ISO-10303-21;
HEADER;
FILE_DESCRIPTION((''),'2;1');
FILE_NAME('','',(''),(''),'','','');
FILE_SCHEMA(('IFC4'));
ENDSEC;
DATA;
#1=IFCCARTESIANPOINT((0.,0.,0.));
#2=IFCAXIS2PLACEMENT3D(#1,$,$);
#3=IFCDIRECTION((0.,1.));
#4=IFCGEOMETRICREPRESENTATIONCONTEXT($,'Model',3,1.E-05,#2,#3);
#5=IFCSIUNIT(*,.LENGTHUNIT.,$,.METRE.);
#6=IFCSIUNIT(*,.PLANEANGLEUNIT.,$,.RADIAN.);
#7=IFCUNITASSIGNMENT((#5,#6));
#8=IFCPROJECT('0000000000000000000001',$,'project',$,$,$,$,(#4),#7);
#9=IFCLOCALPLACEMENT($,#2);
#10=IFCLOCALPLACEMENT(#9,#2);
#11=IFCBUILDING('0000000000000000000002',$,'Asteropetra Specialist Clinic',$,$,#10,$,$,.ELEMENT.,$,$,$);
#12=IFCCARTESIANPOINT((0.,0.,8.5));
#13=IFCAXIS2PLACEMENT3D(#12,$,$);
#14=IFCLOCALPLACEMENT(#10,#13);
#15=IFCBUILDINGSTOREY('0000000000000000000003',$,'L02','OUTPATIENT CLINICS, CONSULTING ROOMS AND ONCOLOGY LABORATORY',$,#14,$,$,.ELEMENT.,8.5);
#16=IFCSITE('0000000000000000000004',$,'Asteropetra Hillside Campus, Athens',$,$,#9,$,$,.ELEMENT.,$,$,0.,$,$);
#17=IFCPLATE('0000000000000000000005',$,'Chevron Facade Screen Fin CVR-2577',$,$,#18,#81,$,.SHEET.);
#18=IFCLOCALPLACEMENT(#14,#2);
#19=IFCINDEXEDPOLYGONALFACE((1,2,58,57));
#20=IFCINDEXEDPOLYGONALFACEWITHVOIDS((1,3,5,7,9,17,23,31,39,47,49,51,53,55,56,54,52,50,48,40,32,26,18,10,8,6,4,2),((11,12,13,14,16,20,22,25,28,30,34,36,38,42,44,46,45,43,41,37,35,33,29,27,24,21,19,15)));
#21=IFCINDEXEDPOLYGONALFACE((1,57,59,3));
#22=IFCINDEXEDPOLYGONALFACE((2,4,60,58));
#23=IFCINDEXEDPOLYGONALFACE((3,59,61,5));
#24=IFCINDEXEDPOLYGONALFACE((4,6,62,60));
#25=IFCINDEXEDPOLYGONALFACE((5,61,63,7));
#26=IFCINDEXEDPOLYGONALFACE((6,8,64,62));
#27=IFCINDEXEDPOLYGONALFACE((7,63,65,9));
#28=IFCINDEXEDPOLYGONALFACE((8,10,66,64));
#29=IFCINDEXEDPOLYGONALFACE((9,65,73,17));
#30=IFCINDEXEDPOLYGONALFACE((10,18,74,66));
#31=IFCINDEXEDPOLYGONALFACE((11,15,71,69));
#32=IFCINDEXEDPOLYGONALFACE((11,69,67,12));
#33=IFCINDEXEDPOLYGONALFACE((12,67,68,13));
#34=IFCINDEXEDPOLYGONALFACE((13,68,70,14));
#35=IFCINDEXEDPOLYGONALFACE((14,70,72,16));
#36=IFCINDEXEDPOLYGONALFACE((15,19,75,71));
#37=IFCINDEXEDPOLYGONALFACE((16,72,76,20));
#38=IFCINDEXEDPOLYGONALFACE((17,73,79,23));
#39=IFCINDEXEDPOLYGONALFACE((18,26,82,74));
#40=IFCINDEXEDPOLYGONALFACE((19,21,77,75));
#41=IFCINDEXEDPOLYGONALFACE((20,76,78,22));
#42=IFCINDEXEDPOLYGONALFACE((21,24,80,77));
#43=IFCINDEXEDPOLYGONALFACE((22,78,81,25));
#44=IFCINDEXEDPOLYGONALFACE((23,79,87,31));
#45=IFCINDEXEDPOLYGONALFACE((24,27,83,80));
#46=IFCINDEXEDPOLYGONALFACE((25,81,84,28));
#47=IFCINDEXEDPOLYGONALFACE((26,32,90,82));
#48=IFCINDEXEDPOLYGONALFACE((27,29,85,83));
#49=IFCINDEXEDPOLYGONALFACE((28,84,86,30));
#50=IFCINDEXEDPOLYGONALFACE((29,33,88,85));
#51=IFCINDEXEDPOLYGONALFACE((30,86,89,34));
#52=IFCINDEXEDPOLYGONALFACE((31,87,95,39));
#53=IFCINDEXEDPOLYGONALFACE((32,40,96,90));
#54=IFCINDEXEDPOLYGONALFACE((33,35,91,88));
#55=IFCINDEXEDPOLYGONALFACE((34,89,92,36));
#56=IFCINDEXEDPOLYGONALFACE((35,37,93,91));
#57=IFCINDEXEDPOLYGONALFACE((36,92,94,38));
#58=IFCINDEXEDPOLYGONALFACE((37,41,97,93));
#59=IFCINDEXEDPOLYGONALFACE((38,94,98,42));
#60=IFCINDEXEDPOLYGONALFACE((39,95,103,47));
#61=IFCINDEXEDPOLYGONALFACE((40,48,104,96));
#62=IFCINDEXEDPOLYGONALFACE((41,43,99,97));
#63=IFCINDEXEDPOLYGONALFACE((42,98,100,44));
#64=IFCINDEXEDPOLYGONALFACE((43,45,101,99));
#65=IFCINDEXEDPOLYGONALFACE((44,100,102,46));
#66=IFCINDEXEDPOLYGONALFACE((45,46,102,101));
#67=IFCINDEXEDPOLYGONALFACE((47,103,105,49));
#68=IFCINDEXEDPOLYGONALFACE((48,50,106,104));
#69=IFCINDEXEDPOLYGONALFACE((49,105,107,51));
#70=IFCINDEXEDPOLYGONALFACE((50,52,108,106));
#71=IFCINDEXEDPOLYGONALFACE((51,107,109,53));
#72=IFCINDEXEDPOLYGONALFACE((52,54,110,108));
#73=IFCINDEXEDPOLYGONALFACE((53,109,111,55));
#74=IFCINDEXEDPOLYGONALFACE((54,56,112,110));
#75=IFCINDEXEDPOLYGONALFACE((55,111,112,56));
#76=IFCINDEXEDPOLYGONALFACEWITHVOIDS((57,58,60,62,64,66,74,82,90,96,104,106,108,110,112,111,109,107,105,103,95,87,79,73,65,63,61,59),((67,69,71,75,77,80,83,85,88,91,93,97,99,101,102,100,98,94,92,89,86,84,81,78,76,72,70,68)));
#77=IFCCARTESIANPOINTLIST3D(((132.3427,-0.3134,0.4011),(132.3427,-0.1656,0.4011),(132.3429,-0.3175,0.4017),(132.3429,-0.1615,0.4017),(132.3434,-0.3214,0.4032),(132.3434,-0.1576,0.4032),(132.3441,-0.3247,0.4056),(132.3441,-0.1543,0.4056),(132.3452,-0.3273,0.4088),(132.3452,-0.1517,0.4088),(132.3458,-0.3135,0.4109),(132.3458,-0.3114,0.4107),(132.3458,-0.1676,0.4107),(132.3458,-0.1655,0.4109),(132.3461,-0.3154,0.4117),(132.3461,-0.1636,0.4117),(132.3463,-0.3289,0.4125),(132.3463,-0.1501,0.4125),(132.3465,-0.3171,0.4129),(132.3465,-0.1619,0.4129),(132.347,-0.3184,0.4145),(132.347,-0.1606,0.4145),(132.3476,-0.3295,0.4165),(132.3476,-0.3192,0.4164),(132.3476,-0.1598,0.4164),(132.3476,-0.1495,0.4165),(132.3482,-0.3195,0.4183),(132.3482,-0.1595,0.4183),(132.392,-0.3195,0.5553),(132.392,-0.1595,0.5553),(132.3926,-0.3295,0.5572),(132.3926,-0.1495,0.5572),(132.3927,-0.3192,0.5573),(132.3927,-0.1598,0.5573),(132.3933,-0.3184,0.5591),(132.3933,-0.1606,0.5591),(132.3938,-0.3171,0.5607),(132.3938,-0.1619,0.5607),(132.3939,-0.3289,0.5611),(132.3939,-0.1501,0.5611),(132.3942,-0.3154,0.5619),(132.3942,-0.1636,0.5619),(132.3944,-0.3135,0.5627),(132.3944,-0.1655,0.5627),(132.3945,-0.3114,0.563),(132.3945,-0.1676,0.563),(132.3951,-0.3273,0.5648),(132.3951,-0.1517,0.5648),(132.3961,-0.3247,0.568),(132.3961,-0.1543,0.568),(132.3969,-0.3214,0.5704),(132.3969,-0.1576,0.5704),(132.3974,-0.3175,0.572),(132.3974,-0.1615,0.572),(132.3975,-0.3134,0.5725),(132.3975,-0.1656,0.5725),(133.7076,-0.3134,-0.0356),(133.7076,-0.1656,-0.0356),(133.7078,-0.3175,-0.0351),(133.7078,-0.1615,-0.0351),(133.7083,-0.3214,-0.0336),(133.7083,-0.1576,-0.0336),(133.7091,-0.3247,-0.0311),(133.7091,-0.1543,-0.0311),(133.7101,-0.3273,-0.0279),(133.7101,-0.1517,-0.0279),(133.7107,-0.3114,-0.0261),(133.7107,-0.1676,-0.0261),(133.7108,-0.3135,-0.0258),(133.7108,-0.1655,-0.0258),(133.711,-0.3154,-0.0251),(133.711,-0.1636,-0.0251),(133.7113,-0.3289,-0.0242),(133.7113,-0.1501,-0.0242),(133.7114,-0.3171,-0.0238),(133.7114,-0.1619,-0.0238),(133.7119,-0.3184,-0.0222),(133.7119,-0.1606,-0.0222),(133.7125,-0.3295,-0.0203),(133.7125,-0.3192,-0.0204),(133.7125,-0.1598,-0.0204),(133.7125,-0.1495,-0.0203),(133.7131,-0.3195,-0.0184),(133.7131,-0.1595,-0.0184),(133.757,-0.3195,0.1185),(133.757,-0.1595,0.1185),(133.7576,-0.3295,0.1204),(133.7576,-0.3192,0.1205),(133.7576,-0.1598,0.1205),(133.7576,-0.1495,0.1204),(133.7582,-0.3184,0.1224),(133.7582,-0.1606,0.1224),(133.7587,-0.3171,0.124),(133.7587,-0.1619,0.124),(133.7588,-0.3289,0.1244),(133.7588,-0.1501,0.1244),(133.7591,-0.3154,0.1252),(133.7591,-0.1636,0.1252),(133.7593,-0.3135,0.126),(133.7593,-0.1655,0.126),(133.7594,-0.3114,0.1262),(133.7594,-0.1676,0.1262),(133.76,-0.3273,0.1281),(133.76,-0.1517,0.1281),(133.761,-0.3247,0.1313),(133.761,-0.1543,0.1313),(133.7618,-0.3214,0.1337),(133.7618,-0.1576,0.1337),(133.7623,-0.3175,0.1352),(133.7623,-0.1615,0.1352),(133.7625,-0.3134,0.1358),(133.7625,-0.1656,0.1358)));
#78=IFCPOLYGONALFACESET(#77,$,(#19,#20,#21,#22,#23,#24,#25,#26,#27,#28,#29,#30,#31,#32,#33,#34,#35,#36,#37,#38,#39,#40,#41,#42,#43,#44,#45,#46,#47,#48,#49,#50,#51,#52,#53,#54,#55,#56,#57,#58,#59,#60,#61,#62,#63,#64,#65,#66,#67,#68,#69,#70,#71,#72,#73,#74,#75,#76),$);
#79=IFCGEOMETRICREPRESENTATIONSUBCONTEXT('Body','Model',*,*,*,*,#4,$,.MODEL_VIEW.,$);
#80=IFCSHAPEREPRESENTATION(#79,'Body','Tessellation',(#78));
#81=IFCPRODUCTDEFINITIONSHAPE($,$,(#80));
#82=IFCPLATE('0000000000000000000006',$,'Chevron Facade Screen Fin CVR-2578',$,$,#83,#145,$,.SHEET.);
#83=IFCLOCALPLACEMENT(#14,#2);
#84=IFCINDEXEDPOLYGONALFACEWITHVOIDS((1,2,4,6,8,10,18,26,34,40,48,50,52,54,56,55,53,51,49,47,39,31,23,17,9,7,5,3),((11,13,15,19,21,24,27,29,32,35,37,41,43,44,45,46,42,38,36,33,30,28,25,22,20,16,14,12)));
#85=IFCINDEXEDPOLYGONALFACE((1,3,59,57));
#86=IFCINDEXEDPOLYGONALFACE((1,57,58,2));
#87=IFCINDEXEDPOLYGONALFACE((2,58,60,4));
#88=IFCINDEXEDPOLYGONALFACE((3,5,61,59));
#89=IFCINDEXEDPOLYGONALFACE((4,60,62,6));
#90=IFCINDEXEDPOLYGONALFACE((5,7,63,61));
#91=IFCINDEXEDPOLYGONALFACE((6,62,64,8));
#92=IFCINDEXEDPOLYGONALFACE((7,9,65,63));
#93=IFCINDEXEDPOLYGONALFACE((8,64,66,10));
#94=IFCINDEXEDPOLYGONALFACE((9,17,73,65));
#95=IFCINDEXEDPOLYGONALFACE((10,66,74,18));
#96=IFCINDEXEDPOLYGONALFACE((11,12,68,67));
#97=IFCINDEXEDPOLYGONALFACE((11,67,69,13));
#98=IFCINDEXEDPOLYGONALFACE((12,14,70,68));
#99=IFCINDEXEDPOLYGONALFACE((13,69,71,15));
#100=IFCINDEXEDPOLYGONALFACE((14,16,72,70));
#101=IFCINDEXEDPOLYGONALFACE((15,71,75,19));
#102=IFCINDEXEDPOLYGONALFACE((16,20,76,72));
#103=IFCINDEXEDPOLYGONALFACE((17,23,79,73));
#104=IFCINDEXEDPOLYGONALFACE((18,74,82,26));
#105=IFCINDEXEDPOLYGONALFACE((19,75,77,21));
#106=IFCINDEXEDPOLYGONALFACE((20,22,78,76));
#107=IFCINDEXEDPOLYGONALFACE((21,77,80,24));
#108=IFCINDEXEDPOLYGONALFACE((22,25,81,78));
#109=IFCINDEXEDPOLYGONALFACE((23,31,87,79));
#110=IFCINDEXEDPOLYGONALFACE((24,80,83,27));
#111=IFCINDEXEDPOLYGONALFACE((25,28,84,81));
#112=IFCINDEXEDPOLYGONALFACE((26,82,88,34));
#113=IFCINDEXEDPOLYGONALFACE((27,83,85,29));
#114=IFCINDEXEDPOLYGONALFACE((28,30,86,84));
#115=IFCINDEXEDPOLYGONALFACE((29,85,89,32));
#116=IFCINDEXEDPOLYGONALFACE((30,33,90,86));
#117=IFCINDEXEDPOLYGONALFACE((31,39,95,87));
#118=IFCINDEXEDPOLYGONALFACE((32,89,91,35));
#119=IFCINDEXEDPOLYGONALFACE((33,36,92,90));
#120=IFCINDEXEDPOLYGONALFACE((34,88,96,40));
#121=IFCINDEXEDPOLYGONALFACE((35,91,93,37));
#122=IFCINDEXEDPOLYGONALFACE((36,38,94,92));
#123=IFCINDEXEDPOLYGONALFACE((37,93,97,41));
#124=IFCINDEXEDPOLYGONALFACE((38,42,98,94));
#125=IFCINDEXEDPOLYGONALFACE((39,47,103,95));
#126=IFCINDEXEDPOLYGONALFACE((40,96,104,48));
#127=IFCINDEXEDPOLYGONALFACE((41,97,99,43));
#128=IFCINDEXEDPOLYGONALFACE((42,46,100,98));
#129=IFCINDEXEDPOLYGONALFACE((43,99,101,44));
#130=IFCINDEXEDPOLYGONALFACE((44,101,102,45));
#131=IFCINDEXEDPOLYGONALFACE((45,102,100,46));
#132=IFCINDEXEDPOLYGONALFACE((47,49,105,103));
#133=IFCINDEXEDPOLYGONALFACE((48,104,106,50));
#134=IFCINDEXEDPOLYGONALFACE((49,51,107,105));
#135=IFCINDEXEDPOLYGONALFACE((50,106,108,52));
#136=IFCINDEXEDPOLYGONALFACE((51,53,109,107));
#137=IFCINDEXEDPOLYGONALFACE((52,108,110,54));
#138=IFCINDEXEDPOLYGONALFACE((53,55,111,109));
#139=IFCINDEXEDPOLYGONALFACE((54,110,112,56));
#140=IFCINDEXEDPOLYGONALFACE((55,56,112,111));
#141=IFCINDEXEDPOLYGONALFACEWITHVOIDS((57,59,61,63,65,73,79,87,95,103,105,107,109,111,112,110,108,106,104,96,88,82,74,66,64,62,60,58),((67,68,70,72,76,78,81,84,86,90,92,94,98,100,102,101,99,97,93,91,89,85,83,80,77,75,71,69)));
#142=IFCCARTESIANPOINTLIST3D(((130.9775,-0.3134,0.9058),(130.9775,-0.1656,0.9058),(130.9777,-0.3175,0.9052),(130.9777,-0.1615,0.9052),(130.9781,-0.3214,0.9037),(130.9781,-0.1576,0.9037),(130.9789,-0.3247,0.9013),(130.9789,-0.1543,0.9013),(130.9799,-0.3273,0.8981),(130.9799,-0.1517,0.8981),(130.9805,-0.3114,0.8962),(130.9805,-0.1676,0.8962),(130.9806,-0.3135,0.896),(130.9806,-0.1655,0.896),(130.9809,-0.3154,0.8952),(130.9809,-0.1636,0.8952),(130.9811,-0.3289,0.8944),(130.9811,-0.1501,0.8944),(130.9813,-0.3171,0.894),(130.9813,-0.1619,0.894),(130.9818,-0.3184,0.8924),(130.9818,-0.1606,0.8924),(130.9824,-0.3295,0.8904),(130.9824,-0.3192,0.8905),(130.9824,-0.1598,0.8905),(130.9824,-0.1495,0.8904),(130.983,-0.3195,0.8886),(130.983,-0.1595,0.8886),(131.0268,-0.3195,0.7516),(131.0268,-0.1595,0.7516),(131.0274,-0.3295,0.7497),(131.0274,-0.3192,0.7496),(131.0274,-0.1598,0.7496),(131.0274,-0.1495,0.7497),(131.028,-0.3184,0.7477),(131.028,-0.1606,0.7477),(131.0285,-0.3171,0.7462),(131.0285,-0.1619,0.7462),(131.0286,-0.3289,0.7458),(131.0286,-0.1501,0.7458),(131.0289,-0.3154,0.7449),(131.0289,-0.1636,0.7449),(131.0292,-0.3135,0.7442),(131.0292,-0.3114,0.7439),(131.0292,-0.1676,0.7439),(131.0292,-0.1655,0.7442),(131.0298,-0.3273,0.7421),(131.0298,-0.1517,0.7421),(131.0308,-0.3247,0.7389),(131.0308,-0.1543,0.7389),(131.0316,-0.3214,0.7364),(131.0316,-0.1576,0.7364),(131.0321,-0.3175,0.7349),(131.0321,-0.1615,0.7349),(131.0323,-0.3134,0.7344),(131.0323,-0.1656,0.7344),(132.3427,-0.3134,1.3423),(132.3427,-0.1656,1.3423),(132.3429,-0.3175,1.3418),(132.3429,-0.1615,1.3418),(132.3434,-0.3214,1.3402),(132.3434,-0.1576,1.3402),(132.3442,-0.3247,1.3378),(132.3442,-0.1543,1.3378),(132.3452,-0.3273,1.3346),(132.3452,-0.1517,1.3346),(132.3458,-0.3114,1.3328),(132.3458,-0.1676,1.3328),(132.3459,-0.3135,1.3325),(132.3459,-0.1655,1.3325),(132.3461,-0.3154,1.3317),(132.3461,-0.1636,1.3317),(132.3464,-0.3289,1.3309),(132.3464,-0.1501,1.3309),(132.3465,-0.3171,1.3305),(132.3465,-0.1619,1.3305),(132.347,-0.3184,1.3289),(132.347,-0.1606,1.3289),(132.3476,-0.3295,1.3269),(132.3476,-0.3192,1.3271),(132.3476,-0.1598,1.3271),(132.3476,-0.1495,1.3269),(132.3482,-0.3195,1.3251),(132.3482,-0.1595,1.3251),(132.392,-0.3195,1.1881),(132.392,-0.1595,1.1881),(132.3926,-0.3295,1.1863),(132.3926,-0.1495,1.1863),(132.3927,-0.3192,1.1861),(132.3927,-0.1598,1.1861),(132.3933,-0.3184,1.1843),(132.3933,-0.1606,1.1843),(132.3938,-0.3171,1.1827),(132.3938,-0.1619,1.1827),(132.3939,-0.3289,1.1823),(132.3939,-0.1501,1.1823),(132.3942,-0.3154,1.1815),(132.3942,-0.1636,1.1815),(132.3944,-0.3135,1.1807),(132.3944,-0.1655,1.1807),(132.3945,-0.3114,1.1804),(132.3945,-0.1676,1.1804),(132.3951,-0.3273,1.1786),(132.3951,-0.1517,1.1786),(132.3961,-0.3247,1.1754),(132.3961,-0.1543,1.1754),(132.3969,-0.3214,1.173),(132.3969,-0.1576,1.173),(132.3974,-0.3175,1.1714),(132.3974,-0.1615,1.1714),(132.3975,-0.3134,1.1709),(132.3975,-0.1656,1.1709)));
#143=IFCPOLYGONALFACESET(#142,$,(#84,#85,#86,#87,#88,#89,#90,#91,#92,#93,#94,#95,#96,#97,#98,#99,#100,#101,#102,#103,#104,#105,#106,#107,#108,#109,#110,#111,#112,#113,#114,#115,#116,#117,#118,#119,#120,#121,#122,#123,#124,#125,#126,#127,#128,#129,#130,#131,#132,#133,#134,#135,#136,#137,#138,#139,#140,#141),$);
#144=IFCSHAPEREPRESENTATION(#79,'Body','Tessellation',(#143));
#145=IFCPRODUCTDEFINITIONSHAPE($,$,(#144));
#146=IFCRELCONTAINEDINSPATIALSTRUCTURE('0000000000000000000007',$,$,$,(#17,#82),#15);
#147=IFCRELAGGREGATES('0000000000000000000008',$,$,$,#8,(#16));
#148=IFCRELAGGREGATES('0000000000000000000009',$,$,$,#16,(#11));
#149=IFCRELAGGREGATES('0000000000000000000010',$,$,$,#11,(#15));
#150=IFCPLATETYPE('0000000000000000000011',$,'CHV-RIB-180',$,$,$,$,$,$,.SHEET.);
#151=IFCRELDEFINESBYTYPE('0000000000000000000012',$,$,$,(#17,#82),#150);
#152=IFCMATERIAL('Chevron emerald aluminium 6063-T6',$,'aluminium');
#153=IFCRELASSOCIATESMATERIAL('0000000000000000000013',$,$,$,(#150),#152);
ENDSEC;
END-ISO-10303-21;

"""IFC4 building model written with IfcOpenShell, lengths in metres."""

from ifc_helpers import new_model, si_unit, direction, frame, origin, origin_2d, place, context, subcontext, project, spatial, hollow_rectangle, extrude, material, material_profile, profile_set, type_object, element, save


model = new_model("IFC4")

# Units and contexts
model_context = context("Model", 3, precision=1e-05, world=origin(), true_north=direction((0.0, 1.0)))
body_context = subcontext(model_context, "Body", "Model", "MODEL_VIEW")
ifc_project = project(units=[si_unit("LENGTHUNIT", "METRE"), si_unit("PLANEANGLEUNIT", "RADIAN")], contexts=[model_context])

# Site, building, storey
site_placement = place(None, origin())
site = spatial("IfcSite", under=ifc_project, at=site_placement, Name="Asteropetra Hillside Campus, Athens", CompositionType="ELEMENT", RefElevation=0.0)
building_placement = place(site_placement, origin())
building = spatial("IfcBuilding", under=site, at=building_placement, Name="Asteropetra Specialist Clinic", CompositionType="ELEMENT")
storey_placement = place(building_placement, frame((0.0, 0.0, 8.5)))
storey = spatial("IfcBuildingStorey", under=building, at=storey_placement, Name="L02", Description="OUTPATIENT CLINICS, CONSULTING ROOMS AND ONCOLOGY LABORATORY", CompositionType="ELEMENT", Elevation=8.5)

# Plates
ifc_material_1 = material(Name="Chevron emerald aluminium 6063-T6", Category="aluminium")
ifc_material_profile = material_profile(ifc_material_1, hollow_rectangle(XDim=0.1799, YDim=0.1799, WallThickness=0.01, InnerFilletRadius=0.0081, OuterFilletRadius=0.0161, at=origin_2d()), Name="SHS 180x180x10.0")
ifc_profile_set = profile_set([ifc_material_profile], Name="Chevron emerald aluminium 6063-T6")
plate_type = type_object("IfcPlateType", Name="CHV-RIB-180", PredefinedType="SHEET", material=ifc_profile_set)
plate_1_placement = place(storey_placement, frame((132.3701, -0.2395, 0.4868), z_axis=(0.95243, 0.0, -0.304757), x_axis=(0.0, 1.0, 0.0)))
element("IfcPlate", 1, at=plate_1_placement, inside=storey, type_object=plate_type, Name="Chevron Facade Screen Fin CVR-2577", PredefinedType="SHEET", context=body_context, shape_type="SweptSolid", body=[
    extrude(hollow_rectangle(XDim=0.1799, YDim=0.1799, WallThickness=0.01, InnerFilletRadius=0.0081, OuterFilletRadius=0.0161, at=origin_2d()), origin(), (0.0, 0.0, 1.0), 1.4331),
])
plate_2_placement = place(storey_placement, frame((131.0049, -0.2395, 0.8201), z_axis=(0.952495, 0.0, 0.304553), x_axis=(0.0, 1.0, 0.0)))
element("IfcPlate", 2, at=plate_2_placement, inside=storey, type_object=plate_type, Name="Chevron Facade Screen Fin CVR-2578", PredefinedType="SHEET", context=body_context, shape_type="SweptSolid", body=[
    extrude(hollow_rectangle(XDim=0.1799, YDim=0.1799, WallThickness=0.01, InnerFilletRadius=0.0081, OuterFilletRadius=0.0161, at=origin_2d()), origin(), (0.0, 0.0, 1.0), 1.4333),
])

save(model, "model.ifc")
